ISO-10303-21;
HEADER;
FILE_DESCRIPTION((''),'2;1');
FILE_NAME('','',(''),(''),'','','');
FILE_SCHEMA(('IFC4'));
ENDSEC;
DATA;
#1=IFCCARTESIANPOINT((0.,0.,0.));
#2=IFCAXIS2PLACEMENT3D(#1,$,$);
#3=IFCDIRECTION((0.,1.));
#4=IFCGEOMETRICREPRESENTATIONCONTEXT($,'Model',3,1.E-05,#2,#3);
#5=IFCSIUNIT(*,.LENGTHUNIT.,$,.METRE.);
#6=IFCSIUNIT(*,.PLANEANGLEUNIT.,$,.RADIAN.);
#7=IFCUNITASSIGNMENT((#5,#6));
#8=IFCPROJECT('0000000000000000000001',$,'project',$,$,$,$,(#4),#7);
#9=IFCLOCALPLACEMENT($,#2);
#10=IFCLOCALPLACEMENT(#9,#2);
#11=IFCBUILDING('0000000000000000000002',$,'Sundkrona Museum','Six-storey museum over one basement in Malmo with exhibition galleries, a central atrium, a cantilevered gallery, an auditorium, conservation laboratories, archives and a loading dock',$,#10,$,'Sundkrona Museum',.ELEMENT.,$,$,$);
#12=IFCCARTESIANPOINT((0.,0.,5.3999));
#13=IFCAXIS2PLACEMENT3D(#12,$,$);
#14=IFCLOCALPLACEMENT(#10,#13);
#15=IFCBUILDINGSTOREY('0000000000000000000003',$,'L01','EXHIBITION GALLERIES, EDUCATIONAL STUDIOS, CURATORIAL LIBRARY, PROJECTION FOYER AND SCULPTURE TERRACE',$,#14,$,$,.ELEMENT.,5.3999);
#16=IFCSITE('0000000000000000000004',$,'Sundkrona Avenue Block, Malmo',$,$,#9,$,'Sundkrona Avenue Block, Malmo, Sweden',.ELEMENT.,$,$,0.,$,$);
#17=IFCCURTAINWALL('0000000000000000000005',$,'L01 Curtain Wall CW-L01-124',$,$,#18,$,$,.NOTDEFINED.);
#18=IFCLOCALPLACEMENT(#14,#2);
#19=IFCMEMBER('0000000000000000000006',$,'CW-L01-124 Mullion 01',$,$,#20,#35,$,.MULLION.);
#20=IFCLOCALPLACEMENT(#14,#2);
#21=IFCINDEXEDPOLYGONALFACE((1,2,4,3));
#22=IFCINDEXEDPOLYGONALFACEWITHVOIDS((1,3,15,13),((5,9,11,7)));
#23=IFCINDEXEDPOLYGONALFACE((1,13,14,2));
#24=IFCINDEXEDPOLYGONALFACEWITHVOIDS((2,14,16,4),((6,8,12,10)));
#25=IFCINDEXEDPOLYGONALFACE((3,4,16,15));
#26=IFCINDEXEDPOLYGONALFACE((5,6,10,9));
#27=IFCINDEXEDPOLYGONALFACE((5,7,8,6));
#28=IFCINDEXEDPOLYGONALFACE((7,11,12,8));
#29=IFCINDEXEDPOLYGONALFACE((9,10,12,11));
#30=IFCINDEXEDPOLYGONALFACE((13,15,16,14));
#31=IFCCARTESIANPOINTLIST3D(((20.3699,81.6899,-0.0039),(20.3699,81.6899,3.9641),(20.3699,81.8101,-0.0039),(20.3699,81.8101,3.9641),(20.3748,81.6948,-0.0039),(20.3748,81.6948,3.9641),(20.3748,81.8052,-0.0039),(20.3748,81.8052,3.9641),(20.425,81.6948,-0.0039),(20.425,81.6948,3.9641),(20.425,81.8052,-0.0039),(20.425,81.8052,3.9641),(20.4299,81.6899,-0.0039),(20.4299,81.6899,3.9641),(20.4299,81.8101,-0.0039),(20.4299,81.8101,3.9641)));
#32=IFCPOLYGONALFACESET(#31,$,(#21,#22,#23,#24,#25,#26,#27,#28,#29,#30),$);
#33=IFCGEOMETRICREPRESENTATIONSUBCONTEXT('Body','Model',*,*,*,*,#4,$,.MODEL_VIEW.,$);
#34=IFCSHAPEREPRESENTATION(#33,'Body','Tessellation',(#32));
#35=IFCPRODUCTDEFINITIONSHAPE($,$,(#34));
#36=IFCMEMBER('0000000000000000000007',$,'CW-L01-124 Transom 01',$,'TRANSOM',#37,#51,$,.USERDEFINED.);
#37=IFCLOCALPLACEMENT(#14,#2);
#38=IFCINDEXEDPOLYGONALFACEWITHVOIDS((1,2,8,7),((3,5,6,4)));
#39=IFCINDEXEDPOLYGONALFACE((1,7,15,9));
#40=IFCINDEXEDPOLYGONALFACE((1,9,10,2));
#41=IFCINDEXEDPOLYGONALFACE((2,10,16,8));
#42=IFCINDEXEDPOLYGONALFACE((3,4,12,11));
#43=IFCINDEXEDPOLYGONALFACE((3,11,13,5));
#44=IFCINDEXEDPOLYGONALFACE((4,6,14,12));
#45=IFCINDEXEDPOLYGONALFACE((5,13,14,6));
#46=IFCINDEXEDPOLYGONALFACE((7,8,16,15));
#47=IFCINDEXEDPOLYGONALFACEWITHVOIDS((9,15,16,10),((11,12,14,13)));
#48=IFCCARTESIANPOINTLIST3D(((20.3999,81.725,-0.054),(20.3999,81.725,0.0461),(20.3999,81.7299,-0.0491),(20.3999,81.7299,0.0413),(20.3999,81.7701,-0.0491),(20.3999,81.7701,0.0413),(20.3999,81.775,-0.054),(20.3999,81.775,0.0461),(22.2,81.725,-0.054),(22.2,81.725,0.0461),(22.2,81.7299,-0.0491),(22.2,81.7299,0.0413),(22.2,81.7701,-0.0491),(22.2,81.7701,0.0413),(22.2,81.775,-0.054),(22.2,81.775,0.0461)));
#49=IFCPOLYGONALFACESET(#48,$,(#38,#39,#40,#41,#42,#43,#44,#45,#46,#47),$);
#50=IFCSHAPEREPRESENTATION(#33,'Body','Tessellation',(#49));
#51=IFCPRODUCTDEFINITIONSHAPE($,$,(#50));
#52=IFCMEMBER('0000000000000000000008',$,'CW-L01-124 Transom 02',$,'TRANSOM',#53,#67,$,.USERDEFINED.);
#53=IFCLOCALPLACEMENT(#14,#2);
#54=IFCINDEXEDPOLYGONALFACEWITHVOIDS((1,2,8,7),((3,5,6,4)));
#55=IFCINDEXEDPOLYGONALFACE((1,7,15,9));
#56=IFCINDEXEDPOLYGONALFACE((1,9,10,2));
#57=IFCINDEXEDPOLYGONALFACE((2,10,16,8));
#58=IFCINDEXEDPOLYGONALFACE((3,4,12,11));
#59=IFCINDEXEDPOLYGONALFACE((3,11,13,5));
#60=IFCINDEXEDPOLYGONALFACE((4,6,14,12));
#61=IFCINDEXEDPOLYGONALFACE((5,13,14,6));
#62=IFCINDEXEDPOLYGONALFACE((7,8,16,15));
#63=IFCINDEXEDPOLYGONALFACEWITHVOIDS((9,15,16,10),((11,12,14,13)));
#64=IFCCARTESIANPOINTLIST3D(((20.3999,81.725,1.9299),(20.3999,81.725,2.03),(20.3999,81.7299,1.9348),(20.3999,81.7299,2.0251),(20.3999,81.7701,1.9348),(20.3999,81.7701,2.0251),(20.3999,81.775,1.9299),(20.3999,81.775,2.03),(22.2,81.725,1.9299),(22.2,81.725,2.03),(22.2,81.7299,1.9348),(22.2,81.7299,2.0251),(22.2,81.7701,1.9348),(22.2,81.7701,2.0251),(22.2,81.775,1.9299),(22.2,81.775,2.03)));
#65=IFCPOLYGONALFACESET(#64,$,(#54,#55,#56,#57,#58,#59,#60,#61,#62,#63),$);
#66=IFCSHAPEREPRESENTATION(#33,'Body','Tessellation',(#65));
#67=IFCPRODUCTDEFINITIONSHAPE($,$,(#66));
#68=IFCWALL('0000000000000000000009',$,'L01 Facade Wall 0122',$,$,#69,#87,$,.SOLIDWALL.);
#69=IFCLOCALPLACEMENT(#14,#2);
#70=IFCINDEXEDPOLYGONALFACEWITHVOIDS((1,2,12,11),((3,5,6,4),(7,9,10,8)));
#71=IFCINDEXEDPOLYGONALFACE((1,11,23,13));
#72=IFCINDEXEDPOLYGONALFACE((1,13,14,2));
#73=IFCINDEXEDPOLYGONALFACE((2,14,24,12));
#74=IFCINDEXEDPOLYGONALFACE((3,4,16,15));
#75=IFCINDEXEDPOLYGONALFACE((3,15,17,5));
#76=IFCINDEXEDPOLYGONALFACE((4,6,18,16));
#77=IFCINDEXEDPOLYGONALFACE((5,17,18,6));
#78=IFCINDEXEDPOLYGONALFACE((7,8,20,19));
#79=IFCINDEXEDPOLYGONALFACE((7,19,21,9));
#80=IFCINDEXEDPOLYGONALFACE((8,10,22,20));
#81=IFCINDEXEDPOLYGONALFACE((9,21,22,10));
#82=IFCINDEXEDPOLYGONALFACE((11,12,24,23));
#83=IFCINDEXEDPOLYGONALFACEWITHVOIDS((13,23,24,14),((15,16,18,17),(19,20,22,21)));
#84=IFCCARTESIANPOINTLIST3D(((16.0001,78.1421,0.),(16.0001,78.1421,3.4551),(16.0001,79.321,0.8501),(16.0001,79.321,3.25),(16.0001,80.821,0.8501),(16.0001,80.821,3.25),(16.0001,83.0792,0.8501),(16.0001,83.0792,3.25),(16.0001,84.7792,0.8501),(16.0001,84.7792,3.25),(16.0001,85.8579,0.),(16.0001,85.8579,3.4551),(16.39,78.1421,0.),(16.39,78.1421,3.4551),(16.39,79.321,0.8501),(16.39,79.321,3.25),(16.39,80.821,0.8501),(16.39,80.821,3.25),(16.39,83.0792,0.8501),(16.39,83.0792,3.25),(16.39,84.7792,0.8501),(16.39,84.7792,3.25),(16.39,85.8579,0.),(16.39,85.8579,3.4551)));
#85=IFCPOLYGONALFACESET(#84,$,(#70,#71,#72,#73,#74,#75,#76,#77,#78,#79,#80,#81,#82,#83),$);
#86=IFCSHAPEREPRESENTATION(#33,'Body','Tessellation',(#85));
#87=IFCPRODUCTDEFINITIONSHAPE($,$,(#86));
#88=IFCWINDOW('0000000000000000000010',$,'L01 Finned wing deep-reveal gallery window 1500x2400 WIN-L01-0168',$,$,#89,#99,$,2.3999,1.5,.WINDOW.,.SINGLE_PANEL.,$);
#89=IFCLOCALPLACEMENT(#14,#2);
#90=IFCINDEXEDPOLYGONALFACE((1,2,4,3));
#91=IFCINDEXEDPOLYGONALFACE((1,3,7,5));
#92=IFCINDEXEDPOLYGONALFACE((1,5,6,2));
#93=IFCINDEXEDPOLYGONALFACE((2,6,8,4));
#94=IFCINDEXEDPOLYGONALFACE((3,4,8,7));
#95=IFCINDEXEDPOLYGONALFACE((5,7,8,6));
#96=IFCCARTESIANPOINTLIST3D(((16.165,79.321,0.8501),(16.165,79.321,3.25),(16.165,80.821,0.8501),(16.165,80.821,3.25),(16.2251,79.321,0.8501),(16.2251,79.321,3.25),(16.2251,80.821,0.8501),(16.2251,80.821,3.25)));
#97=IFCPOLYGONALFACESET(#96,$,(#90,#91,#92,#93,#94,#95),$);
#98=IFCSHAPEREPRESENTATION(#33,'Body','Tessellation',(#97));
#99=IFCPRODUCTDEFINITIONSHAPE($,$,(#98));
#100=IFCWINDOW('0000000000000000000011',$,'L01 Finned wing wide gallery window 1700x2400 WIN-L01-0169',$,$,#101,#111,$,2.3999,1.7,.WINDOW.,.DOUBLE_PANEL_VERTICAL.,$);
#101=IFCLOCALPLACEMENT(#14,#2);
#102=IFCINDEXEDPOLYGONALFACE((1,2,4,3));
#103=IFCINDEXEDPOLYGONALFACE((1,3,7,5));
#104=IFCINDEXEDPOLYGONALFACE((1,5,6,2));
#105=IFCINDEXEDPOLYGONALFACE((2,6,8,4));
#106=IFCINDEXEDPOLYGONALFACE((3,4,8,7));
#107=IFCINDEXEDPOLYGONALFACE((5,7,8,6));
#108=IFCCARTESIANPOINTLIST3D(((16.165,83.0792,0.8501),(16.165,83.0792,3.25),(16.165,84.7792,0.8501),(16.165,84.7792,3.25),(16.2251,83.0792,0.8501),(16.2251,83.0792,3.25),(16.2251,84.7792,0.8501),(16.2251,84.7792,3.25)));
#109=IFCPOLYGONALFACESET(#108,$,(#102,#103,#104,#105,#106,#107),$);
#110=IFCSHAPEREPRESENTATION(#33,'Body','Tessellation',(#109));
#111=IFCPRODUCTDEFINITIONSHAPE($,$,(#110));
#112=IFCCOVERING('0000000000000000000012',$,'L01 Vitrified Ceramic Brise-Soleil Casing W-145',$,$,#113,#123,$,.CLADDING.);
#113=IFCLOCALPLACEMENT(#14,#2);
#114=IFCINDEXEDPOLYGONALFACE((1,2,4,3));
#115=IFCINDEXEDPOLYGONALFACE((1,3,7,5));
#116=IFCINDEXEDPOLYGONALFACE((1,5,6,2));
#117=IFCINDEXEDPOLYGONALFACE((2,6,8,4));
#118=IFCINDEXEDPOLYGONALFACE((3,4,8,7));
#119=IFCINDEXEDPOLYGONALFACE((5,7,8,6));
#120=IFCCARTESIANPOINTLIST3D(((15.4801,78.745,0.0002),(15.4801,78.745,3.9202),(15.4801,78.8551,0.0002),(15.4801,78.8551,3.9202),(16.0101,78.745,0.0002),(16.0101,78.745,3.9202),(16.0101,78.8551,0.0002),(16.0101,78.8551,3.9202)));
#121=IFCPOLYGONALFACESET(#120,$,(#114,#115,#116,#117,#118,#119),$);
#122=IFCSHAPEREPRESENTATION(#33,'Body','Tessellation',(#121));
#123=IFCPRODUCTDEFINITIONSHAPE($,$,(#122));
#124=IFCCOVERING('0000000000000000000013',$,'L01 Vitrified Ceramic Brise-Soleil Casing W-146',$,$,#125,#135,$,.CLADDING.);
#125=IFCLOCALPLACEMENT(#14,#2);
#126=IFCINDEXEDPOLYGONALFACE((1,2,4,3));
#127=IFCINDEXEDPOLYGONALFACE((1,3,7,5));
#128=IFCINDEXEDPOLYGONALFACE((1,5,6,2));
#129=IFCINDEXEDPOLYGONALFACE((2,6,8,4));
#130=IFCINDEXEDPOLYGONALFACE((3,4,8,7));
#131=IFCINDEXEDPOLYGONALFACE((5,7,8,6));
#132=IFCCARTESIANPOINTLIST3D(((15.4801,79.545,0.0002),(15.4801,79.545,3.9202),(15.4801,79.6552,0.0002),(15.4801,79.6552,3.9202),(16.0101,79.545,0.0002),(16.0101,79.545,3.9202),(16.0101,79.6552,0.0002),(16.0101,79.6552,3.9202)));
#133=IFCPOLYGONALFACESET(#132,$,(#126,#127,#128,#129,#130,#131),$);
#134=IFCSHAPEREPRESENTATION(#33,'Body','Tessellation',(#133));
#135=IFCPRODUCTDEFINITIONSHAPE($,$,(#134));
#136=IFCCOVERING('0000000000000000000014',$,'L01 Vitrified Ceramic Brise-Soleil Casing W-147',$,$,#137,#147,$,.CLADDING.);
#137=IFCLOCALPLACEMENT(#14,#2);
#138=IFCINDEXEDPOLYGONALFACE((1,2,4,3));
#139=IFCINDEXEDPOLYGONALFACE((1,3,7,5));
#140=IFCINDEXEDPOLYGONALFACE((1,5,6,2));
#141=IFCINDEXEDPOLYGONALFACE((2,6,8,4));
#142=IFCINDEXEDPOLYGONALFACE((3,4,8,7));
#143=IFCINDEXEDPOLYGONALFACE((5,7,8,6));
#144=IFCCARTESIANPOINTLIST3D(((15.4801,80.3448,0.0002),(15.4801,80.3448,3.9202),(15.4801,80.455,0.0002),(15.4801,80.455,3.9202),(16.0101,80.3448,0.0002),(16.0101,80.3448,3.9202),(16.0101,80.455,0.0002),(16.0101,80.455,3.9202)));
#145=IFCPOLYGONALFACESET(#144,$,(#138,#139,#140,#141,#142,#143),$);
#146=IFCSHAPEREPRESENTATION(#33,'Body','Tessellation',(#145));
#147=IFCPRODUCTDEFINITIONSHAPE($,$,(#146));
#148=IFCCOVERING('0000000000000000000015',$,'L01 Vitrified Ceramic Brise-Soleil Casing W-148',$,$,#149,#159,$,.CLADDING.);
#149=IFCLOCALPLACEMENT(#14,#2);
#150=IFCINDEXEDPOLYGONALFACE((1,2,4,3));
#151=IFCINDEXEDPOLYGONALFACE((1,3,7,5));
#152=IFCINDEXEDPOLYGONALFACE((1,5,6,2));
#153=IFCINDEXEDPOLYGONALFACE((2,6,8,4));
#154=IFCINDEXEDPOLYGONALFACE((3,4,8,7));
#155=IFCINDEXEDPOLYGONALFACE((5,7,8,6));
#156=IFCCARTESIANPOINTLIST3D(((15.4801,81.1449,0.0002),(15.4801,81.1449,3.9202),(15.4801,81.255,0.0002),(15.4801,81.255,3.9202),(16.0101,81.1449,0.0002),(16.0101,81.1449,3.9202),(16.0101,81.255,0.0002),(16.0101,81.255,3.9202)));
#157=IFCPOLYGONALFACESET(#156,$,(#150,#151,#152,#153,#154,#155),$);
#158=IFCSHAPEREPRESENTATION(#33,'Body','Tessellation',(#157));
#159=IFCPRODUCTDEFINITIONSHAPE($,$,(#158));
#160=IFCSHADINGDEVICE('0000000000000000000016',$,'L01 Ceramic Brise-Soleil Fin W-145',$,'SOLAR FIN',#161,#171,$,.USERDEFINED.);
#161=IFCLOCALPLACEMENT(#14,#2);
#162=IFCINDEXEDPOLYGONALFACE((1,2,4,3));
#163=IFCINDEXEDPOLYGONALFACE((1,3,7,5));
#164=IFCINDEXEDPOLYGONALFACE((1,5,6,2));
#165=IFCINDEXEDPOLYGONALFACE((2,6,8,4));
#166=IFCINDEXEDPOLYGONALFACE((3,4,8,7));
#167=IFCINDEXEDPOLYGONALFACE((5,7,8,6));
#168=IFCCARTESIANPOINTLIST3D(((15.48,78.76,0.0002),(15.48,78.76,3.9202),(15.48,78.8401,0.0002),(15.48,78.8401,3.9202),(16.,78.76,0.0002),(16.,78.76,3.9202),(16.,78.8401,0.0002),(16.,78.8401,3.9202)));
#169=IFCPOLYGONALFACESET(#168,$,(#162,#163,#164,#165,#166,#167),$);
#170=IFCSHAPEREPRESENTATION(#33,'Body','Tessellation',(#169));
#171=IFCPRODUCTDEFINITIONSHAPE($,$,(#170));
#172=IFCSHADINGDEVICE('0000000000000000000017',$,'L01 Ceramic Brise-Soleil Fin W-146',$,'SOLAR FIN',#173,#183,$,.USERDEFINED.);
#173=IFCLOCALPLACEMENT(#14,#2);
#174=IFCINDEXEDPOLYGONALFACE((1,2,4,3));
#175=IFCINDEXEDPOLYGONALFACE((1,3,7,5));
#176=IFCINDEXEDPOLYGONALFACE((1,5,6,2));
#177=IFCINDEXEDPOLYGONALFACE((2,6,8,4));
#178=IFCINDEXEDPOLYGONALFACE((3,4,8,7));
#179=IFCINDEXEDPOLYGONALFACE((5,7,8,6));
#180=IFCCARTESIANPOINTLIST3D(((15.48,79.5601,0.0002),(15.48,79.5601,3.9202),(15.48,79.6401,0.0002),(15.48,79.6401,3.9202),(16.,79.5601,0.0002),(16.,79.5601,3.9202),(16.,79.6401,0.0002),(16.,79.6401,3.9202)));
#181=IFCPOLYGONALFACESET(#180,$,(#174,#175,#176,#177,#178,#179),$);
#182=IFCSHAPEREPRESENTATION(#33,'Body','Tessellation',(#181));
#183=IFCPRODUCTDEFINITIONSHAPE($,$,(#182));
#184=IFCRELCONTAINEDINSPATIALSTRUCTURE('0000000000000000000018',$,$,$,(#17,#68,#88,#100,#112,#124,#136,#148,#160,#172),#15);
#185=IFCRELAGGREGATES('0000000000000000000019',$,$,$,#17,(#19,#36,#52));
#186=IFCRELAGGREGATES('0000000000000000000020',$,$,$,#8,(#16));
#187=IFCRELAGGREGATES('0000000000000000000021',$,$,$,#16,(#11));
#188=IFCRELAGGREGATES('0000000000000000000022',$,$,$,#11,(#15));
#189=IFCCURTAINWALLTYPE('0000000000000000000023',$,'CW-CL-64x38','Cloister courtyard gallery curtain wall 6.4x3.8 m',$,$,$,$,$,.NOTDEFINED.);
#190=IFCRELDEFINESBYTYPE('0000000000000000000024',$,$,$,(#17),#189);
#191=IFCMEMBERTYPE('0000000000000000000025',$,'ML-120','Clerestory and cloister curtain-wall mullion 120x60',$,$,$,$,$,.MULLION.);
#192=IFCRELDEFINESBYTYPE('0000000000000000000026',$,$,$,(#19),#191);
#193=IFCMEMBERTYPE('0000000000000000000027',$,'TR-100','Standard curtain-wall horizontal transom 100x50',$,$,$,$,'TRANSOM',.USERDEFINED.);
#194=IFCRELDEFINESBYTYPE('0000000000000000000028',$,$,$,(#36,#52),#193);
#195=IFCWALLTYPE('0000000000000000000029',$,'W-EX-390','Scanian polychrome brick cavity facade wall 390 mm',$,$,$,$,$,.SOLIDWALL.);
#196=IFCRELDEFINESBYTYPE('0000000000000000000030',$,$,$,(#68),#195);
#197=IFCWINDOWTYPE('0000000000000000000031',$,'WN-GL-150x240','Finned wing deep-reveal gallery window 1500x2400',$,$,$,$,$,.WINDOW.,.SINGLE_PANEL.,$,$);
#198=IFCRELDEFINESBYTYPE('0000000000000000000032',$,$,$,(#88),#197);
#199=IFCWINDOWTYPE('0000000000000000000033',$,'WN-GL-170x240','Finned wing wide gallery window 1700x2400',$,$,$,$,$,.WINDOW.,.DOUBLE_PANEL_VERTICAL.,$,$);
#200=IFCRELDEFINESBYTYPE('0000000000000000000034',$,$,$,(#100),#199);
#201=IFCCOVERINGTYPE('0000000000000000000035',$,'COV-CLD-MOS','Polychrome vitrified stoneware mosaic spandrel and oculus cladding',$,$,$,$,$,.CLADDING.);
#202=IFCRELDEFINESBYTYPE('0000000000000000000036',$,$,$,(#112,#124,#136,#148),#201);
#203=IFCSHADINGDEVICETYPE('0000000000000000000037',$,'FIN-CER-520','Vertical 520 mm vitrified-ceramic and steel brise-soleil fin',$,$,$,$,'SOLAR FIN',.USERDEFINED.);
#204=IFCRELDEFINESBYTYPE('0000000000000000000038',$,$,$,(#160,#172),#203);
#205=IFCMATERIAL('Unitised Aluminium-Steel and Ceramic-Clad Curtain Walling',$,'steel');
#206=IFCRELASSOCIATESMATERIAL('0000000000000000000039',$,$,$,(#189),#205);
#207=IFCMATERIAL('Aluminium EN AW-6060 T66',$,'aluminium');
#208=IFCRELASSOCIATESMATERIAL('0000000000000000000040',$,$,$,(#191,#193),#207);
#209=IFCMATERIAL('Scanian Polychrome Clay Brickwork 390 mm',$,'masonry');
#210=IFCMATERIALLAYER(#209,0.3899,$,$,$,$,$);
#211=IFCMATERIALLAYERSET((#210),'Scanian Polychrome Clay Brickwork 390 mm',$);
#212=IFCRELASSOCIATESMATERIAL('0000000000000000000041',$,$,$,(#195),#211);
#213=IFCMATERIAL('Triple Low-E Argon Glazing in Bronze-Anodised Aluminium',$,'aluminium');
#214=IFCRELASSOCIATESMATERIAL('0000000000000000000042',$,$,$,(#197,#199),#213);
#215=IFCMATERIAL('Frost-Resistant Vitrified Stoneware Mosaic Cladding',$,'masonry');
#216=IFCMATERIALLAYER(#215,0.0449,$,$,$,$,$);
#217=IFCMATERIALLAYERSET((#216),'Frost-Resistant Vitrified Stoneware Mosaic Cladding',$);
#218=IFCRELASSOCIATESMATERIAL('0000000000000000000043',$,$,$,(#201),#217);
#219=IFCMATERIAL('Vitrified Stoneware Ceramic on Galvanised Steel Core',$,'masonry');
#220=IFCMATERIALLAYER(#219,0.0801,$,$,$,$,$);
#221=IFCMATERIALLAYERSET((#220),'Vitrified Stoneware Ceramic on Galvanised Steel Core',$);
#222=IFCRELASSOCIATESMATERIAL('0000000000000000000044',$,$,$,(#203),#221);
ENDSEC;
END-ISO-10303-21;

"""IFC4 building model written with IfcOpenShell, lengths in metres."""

from ifc_helpers import new_model, si_unit, direction, frame, frame_2d, origin, origin_2d, place, context, subcontext, project, spatial, rectangle, hollow_rectangle, extrude, material, layer, layer_set, material_profile, profile_set, type_object, element, fill, aggregate, save


model = new_model("IFC4")

# Units and contexts
model_context = context("Model", 3, precision=1e-05, world=origin(), true_north=direction((0.0, 1.0)))
body_context = subcontext(model_context, "Body", "Model", "MODEL_VIEW")
ifc_project = project(units=[si_unit("LENGTHUNIT", "METRE"), si_unit("PLANEANGLEUNIT", "RADIAN")], contexts=[model_context])

# Site, building, storey
site_placement = place(None, origin())
site = spatial("IfcSite", under=ifc_project, at=site_placement, Name="Sundkrona Avenue Block, Malmo", LongName="Sundkrona Avenue Block, Malmo, Sweden", CompositionType="ELEMENT", RefElevation=0.0)
building_placement = place(site_placement, origin())
building = spatial("IfcBuilding", under=site, at=building_placement, Name="Sundkrona Museum", Description="Six-storey museum over one basement in Malmo with exhibition galleries, a central atrium, a cantilevered gallery, an auditorium, conservation laboratories, archives and a loading dock", LongName="Sundkrona Museum", CompositionType="ELEMENT")
storey_placement = place(building_placement, frame((0.0, 0.0, 5.3999)))
storey = spatial("IfcBuildingStorey", under=building, at=storey_placement, Name="L01", Description="EXHIBITION GALLERIES, EDUCATIONAL STUDIOS, CURATORIAL LIBRARY, PROJECTION FOYER AND SCULPTURE TERRACE", CompositionType="ELEMENT", Elevation=5.3999)

# Curtain wall, members
ifc_material_1 = material(Name="Unitised Aluminium-Steel and Ceramic-Clad Curtain Walling", Category="steel")
curtain_wall_type = type_object("IfcCurtainWallType", Name="CW-CL-64x38", Description="Cloister courtyard gallery curtain wall 6.4x3.8 m", PredefinedType="NOTDEFINED", material=ifc_material_1)
curtain_wall_placement = place(storey_placement, origin())
curtain_wall = element("IfcCurtainWall", 1, at=curtain_wall_placement, inside=storey, type_object=curtain_wall_type, Name="L01 Curtain Wall CW-L01-124", PredefinedType="NOTDEFINED")
ifc_material_2 = material(Name="Aluminium EN AW-6060 T66", Category="aluminium")
ifc_material_profile_1 = material_profile(ifc_material_2, hollow_rectangle(XDim=0.0601, YDim=0.1201, WallThickness=0.0049, at=origin_2d()), Name="RHS 120x60x5.0")
ifc_profile_set_1 = profile_set([ifc_material_profile_1], Name="Aluminium EN AW-6060 T66")
member_type_1 = type_object("IfcMemberType", Name="ML-120", Description="Clerestory and cloister curtain-wall mullion 120x60", PredefinedType="MULLION", material=ifc_profile_set_1)
member_1_placement = place(storey_placement, frame((20.3999, 81.75, -0.0039), z_axis=(0.0, 0.0, 1.0), x_axis=(1.0, 0.0, 0.0)))
member_1 = element("IfcMember", 2, at=member_1_placement, type_object=member_type_1, Name="CW-L01-124 Mullion 01", PredefinedType="MULLION", context=body_context, shape_type="SweptSolid", body=[
    extrude(hollow_rectangle(XDim=0.0601, YDim=0.1201, WallThickness=0.0049, at=origin_2d()), origin(), (0.0, 0.0, 1.0), 3.968),
])
ifc_material_profile_2 = material_profile(ifc_material_2, hollow_rectangle(XDim=0.05, YDim=0.1001, WallThickness=0.0049, at=origin_2d()), Name="RHS 100x50x5.0")
ifc_profile_set_2 = profile_set([ifc_material_profile_2], Name="Aluminium EN AW-6060 T66")
member_type_2 = type_object("IfcMemberType", Name="TR-100", Description="Standard curtain-wall horizontal transom 100x50", ElementType="TRANSOM", PredefinedType="USERDEFINED", material=ifc_profile_set_2)
member_2_placement = place(storey_placement, frame((20.3999, 81.75, -0.0039), z_axis=(1.0, 0.0, 0.0), x_axis=(0.0, 1.0, 0.0)))
member_2 = element("IfcMember", 3, at=member_2_placement, type_object=member_type_2, Name="CW-L01-124 Transom 01", ObjectType="TRANSOM", PredefinedType="USERDEFINED", context=body_context, shape_type="SweptSolid", body=[
    extrude(hollow_rectangle(XDim=0.05, YDim=0.1001, WallThickness=0.0049, at=origin_2d()), origin(), (0.0, 0.0, 1.0), 1.8),
])
member_3_placement = place(storey_placement, frame((20.3999, 81.75, 1.98), z_axis=(1.0, 0.0, 0.0), x_axis=(0.0, 1.0, 0.0)))
member_3 = element("IfcMember", 4, at=member_3_placement, type_object=member_type_2, Name="CW-L01-124 Transom 02", ObjectType="TRANSOM", PredefinedType="USERDEFINED", context=body_context, shape_type="SweptSolid", body=[
    extrude(hollow_rectangle(XDim=0.05, YDim=0.1001, WallThickness=0.0049, at=origin_2d()), origin(), (0.0, 0.0, 1.0), 1.8),
])
aggregate(curtain_wall, [member_1, member_2, member_3])

# Wall, openings, windows
ifc_material_3 = material(Name="Scanian Polychrome Clay Brickwork 390 mm", Category="masonry")
ifc_layer_1 = layer(ifc_material_3, 0.3899)
ifc_layer_set_1 = layer_set([ifc_layer_1], Name="Scanian Polychrome Clay Brickwork 390 mm")
wall_type = type_object("IfcWallType", Name="W-EX-390", Description="Scanian polychrome brick cavity facade wall 390 mm", PredefinedType="SOLIDWALL", material=ifc_layer_set_1)
wall_placement = place(storey_placement, frame((16.1951, 78.1421, 0.0), z_axis=(0.0, 0.0, 1.0), x_axis=(0.0, 1.0, 0.0)))
wall = element("IfcWall", 5, at=wall_placement, inside=storey, type_object=wall_type, Name="L01 Facade Wall 0122", PredefinedType="SOLIDWALL", context=body_context, shape_type="SweptSolid", body=[
    extrude(rectangle(XDim=7.7158, YDim=0.3899, at=frame_2d((3.8579, 0.0))), origin(), (0.0, 0.0, 1.0), 3.4551),
])
opening_1_placement = place(wall_placement, frame((1.179, 0.0, 0.8501)))
opening_1 = element("IfcOpeningElement", 6, at=opening_1_placement, cuts=wall, PredefinedType="OPENING", context=body_context, shape_type="SweptSolid", body=[
    extrude(rectangle(XDim=1.5, YDim=2.3999, at=frame_2d((0.75, 1.2))), frame((0.0, 0.2048, 0.0), z_axis=(0.0, -1.0, 0.0), x_axis=(1.0, 0.0, 0.0)), (0.0, 0.0, 1.0), 0.4099),
])
opening_2_placement = place(wall_placement, frame((4.937, 0.0, 0.8501)))
opening_2 = element("IfcOpeningElement", 7, at=opening_2_placement, cuts=wall, PredefinedType="OPENING", context=body_context, shape_type="SweptSolid", body=[
    extrude(rectangle(XDim=1.7, YDim=2.3999, at=frame_2d((0.8501, 1.2))), frame((0.0, 0.2048, 0.0), z_axis=(0.0, -1.0, 0.0), x_axis=(1.0, 0.0, 0.0)), (0.0, 0.0, 1.0), 0.4099),
])
ifc_material_4 = material(Name="Triple Low-E Argon Glazing in Bronze-Anodised Aluminium", Category="aluminium")
window_type_1 = type_object("IfcWindowType", Name="WN-GL-150x240", Description="Finned wing deep-reveal gallery window 1500x2400", PartitioningType="SINGLE_PANEL", PredefinedType="WINDOW", material=ifc_material_4)
window_1_placement = place(opening_1_placement, origin())
window_1 = element("IfcWindow", 8, at=window_1_placement, inside=storey, type_object=window_type_1, Name="L01 Finned wing deep-reveal gallery window 1500x2400 WIN-L01-0168", OverallHeight=2.3999, OverallWidth=1.5, PartitioningType="SINGLE_PANEL", PredefinedType="WINDOW", context=body_context, shape_type="SweptSolid", body=[
    extrude(rectangle(XDim=1.5, YDim=2.3999, at=frame_2d((0.75, 1.2))), frame((0.0, 0.03, 0.0), z_axis=(0.0, -1.0, 0.0), x_axis=(1.0, 0.0, 0.0)), (0.0, 0.0, 1.0), 0.0601),
])
fill(opening_1, window_1)
window_type_2 = type_object("IfcWindowType", Name="WN-GL-170x240", Description="Finned wing wide gallery window 1700x2400", PartitioningType="DOUBLE_PANEL_VERTICAL", PredefinedType="WINDOW", material=ifc_material_4)
window_2_placement = place(opening_2_placement, origin())
window_2 = element("IfcWindow", 9, at=window_2_placement, inside=storey, type_object=window_type_2, Name="L01 Finned wing wide gallery window 1700x2400 WIN-L01-0169", OverallHeight=2.3999, OverallWidth=1.7, PartitioningType="DOUBLE_PANEL_VERTICAL", PredefinedType="WINDOW", context=body_context, shape_type="SweptSolid", body=[
    extrude(rectangle(XDim=1.7, YDim=2.3999, at=frame_2d((0.8501, 1.2))), frame((0.0, 0.03, 0.0), z_axis=(0.0, -1.0, 0.0), x_axis=(1.0, 0.0, 0.0)), (0.0, 0.0, 1.0), 0.0601),
])
fill(opening_2, window_2)

# Coverings
ifc_material_5 = material(Name="Frost-Resistant Vitrified Stoneware Mosaic Cladding", Category="masonry")
ifc_layer_2 = layer(ifc_material_5, 0.0449)
ifc_layer_set_2 = layer_set([ifc_layer_2], Name="Frost-Resistant Vitrified Stoneware Mosaic Cladding")
covering_type = type_object("IfcCoveringType", Name="COV-CLD-MOS", Description="Polychrome vitrified stoneware mosaic spandrel and oculus cladding", PredefinedType="CLADDING", material=ifc_layer_set_2)
for number, where, z_axis, x_axis, name in (
    (10, (15.7451, 78.8, 0.0002), (0.0, 0.0, 1.0), (1.0, 0.0, 0.0), "L01 Vitrified Ceramic Brise-Soleil Casing W-145"),
    (11, (15.7451, 79.6001, 0.0002), (0.0, 0.0, 1.0), (1.0, 0.0, 0.0), "L01 Vitrified Ceramic Brise-Soleil Casing W-146"),
    (12, (15.7451, 80.3999, 0.0002), (0.0, 0.0, 1.0), (1.0, 0.0, 0.0), "L01 Vitrified Ceramic Brise-Soleil Casing W-147"),
    (13, (15.7451, 81.2, 0.0002), (0.0, 0.0, 1.0), (1.0, 0.0, 0.0), "L01 Vitrified Ceramic Brise-Soleil Casing W-148"),
):
    element("IfcCovering", number, at=place(storey_placement, frame(where, z_axis=z_axis, x_axis=x_axis)), inside=storey, type_object=covering_type, Name=name, PredefinedType="CLADDING", context=body_context, shape_type="SweptSolid", body=[
        extrude(rectangle(XDim=0.53, YDim=0.1101, at=origin_2d()), origin(), (0.0, 0.0, 1.0), 3.9199),
    ])

# Shading devices
ifc_material_6 = material(Name="Vitrified Stoneware Ceramic on Galvanised Steel Core", Category="masonry")
ifc_layer_3 = layer(ifc_material_6, 0.0801)
ifc_layer_set_3 = layer_set([ifc_layer_3], Name="Vitrified Stoneware Ceramic on Galvanised Steel Core")
shading_device_type = type_object("IfcShadingDeviceType", Name="FIN-CER-520", Description="Vertical 520 mm vitrified-ceramic and steel brise-soleil fin", ElementType="SOLAR FIN", PredefinedType="USERDEFINED", material=ifc_layer_set_3)
for number, where, z_axis, x_axis, name in (
    (14, (15.74, 78.8, 0.0002), (0.0, 0.0, 1.0), (1.0, 0.0, 0.0), "L01 Ceramic Brise-Soleil Fin W-145"),
    (15, (15.74, 79.6001, 0.0002), (0.0, 0.0, 1.0), (1.0, 0.0, 0.0), "L01 Ceramic Brise-Soleil Fin W-146"),
):
    element("IfcShadingDevice", number, at=place(storey_placement, frame(where, z_axis=z_axis, x_axis=x_axis)), inside=storey, type_object=shading_device_type, Name=name, ObjectType="SOLAR FIN", PredefinedType="USERDEFINED", context=body_context, shape_type="SweptSolid", body=[
        extrude(rectangle(XDim=0.52, YDim=0.0801, at=origin_2d()), origin(), (0.0, 0.0, 1.0), 3.9199),
    ])

save(model, "model.ifc")
